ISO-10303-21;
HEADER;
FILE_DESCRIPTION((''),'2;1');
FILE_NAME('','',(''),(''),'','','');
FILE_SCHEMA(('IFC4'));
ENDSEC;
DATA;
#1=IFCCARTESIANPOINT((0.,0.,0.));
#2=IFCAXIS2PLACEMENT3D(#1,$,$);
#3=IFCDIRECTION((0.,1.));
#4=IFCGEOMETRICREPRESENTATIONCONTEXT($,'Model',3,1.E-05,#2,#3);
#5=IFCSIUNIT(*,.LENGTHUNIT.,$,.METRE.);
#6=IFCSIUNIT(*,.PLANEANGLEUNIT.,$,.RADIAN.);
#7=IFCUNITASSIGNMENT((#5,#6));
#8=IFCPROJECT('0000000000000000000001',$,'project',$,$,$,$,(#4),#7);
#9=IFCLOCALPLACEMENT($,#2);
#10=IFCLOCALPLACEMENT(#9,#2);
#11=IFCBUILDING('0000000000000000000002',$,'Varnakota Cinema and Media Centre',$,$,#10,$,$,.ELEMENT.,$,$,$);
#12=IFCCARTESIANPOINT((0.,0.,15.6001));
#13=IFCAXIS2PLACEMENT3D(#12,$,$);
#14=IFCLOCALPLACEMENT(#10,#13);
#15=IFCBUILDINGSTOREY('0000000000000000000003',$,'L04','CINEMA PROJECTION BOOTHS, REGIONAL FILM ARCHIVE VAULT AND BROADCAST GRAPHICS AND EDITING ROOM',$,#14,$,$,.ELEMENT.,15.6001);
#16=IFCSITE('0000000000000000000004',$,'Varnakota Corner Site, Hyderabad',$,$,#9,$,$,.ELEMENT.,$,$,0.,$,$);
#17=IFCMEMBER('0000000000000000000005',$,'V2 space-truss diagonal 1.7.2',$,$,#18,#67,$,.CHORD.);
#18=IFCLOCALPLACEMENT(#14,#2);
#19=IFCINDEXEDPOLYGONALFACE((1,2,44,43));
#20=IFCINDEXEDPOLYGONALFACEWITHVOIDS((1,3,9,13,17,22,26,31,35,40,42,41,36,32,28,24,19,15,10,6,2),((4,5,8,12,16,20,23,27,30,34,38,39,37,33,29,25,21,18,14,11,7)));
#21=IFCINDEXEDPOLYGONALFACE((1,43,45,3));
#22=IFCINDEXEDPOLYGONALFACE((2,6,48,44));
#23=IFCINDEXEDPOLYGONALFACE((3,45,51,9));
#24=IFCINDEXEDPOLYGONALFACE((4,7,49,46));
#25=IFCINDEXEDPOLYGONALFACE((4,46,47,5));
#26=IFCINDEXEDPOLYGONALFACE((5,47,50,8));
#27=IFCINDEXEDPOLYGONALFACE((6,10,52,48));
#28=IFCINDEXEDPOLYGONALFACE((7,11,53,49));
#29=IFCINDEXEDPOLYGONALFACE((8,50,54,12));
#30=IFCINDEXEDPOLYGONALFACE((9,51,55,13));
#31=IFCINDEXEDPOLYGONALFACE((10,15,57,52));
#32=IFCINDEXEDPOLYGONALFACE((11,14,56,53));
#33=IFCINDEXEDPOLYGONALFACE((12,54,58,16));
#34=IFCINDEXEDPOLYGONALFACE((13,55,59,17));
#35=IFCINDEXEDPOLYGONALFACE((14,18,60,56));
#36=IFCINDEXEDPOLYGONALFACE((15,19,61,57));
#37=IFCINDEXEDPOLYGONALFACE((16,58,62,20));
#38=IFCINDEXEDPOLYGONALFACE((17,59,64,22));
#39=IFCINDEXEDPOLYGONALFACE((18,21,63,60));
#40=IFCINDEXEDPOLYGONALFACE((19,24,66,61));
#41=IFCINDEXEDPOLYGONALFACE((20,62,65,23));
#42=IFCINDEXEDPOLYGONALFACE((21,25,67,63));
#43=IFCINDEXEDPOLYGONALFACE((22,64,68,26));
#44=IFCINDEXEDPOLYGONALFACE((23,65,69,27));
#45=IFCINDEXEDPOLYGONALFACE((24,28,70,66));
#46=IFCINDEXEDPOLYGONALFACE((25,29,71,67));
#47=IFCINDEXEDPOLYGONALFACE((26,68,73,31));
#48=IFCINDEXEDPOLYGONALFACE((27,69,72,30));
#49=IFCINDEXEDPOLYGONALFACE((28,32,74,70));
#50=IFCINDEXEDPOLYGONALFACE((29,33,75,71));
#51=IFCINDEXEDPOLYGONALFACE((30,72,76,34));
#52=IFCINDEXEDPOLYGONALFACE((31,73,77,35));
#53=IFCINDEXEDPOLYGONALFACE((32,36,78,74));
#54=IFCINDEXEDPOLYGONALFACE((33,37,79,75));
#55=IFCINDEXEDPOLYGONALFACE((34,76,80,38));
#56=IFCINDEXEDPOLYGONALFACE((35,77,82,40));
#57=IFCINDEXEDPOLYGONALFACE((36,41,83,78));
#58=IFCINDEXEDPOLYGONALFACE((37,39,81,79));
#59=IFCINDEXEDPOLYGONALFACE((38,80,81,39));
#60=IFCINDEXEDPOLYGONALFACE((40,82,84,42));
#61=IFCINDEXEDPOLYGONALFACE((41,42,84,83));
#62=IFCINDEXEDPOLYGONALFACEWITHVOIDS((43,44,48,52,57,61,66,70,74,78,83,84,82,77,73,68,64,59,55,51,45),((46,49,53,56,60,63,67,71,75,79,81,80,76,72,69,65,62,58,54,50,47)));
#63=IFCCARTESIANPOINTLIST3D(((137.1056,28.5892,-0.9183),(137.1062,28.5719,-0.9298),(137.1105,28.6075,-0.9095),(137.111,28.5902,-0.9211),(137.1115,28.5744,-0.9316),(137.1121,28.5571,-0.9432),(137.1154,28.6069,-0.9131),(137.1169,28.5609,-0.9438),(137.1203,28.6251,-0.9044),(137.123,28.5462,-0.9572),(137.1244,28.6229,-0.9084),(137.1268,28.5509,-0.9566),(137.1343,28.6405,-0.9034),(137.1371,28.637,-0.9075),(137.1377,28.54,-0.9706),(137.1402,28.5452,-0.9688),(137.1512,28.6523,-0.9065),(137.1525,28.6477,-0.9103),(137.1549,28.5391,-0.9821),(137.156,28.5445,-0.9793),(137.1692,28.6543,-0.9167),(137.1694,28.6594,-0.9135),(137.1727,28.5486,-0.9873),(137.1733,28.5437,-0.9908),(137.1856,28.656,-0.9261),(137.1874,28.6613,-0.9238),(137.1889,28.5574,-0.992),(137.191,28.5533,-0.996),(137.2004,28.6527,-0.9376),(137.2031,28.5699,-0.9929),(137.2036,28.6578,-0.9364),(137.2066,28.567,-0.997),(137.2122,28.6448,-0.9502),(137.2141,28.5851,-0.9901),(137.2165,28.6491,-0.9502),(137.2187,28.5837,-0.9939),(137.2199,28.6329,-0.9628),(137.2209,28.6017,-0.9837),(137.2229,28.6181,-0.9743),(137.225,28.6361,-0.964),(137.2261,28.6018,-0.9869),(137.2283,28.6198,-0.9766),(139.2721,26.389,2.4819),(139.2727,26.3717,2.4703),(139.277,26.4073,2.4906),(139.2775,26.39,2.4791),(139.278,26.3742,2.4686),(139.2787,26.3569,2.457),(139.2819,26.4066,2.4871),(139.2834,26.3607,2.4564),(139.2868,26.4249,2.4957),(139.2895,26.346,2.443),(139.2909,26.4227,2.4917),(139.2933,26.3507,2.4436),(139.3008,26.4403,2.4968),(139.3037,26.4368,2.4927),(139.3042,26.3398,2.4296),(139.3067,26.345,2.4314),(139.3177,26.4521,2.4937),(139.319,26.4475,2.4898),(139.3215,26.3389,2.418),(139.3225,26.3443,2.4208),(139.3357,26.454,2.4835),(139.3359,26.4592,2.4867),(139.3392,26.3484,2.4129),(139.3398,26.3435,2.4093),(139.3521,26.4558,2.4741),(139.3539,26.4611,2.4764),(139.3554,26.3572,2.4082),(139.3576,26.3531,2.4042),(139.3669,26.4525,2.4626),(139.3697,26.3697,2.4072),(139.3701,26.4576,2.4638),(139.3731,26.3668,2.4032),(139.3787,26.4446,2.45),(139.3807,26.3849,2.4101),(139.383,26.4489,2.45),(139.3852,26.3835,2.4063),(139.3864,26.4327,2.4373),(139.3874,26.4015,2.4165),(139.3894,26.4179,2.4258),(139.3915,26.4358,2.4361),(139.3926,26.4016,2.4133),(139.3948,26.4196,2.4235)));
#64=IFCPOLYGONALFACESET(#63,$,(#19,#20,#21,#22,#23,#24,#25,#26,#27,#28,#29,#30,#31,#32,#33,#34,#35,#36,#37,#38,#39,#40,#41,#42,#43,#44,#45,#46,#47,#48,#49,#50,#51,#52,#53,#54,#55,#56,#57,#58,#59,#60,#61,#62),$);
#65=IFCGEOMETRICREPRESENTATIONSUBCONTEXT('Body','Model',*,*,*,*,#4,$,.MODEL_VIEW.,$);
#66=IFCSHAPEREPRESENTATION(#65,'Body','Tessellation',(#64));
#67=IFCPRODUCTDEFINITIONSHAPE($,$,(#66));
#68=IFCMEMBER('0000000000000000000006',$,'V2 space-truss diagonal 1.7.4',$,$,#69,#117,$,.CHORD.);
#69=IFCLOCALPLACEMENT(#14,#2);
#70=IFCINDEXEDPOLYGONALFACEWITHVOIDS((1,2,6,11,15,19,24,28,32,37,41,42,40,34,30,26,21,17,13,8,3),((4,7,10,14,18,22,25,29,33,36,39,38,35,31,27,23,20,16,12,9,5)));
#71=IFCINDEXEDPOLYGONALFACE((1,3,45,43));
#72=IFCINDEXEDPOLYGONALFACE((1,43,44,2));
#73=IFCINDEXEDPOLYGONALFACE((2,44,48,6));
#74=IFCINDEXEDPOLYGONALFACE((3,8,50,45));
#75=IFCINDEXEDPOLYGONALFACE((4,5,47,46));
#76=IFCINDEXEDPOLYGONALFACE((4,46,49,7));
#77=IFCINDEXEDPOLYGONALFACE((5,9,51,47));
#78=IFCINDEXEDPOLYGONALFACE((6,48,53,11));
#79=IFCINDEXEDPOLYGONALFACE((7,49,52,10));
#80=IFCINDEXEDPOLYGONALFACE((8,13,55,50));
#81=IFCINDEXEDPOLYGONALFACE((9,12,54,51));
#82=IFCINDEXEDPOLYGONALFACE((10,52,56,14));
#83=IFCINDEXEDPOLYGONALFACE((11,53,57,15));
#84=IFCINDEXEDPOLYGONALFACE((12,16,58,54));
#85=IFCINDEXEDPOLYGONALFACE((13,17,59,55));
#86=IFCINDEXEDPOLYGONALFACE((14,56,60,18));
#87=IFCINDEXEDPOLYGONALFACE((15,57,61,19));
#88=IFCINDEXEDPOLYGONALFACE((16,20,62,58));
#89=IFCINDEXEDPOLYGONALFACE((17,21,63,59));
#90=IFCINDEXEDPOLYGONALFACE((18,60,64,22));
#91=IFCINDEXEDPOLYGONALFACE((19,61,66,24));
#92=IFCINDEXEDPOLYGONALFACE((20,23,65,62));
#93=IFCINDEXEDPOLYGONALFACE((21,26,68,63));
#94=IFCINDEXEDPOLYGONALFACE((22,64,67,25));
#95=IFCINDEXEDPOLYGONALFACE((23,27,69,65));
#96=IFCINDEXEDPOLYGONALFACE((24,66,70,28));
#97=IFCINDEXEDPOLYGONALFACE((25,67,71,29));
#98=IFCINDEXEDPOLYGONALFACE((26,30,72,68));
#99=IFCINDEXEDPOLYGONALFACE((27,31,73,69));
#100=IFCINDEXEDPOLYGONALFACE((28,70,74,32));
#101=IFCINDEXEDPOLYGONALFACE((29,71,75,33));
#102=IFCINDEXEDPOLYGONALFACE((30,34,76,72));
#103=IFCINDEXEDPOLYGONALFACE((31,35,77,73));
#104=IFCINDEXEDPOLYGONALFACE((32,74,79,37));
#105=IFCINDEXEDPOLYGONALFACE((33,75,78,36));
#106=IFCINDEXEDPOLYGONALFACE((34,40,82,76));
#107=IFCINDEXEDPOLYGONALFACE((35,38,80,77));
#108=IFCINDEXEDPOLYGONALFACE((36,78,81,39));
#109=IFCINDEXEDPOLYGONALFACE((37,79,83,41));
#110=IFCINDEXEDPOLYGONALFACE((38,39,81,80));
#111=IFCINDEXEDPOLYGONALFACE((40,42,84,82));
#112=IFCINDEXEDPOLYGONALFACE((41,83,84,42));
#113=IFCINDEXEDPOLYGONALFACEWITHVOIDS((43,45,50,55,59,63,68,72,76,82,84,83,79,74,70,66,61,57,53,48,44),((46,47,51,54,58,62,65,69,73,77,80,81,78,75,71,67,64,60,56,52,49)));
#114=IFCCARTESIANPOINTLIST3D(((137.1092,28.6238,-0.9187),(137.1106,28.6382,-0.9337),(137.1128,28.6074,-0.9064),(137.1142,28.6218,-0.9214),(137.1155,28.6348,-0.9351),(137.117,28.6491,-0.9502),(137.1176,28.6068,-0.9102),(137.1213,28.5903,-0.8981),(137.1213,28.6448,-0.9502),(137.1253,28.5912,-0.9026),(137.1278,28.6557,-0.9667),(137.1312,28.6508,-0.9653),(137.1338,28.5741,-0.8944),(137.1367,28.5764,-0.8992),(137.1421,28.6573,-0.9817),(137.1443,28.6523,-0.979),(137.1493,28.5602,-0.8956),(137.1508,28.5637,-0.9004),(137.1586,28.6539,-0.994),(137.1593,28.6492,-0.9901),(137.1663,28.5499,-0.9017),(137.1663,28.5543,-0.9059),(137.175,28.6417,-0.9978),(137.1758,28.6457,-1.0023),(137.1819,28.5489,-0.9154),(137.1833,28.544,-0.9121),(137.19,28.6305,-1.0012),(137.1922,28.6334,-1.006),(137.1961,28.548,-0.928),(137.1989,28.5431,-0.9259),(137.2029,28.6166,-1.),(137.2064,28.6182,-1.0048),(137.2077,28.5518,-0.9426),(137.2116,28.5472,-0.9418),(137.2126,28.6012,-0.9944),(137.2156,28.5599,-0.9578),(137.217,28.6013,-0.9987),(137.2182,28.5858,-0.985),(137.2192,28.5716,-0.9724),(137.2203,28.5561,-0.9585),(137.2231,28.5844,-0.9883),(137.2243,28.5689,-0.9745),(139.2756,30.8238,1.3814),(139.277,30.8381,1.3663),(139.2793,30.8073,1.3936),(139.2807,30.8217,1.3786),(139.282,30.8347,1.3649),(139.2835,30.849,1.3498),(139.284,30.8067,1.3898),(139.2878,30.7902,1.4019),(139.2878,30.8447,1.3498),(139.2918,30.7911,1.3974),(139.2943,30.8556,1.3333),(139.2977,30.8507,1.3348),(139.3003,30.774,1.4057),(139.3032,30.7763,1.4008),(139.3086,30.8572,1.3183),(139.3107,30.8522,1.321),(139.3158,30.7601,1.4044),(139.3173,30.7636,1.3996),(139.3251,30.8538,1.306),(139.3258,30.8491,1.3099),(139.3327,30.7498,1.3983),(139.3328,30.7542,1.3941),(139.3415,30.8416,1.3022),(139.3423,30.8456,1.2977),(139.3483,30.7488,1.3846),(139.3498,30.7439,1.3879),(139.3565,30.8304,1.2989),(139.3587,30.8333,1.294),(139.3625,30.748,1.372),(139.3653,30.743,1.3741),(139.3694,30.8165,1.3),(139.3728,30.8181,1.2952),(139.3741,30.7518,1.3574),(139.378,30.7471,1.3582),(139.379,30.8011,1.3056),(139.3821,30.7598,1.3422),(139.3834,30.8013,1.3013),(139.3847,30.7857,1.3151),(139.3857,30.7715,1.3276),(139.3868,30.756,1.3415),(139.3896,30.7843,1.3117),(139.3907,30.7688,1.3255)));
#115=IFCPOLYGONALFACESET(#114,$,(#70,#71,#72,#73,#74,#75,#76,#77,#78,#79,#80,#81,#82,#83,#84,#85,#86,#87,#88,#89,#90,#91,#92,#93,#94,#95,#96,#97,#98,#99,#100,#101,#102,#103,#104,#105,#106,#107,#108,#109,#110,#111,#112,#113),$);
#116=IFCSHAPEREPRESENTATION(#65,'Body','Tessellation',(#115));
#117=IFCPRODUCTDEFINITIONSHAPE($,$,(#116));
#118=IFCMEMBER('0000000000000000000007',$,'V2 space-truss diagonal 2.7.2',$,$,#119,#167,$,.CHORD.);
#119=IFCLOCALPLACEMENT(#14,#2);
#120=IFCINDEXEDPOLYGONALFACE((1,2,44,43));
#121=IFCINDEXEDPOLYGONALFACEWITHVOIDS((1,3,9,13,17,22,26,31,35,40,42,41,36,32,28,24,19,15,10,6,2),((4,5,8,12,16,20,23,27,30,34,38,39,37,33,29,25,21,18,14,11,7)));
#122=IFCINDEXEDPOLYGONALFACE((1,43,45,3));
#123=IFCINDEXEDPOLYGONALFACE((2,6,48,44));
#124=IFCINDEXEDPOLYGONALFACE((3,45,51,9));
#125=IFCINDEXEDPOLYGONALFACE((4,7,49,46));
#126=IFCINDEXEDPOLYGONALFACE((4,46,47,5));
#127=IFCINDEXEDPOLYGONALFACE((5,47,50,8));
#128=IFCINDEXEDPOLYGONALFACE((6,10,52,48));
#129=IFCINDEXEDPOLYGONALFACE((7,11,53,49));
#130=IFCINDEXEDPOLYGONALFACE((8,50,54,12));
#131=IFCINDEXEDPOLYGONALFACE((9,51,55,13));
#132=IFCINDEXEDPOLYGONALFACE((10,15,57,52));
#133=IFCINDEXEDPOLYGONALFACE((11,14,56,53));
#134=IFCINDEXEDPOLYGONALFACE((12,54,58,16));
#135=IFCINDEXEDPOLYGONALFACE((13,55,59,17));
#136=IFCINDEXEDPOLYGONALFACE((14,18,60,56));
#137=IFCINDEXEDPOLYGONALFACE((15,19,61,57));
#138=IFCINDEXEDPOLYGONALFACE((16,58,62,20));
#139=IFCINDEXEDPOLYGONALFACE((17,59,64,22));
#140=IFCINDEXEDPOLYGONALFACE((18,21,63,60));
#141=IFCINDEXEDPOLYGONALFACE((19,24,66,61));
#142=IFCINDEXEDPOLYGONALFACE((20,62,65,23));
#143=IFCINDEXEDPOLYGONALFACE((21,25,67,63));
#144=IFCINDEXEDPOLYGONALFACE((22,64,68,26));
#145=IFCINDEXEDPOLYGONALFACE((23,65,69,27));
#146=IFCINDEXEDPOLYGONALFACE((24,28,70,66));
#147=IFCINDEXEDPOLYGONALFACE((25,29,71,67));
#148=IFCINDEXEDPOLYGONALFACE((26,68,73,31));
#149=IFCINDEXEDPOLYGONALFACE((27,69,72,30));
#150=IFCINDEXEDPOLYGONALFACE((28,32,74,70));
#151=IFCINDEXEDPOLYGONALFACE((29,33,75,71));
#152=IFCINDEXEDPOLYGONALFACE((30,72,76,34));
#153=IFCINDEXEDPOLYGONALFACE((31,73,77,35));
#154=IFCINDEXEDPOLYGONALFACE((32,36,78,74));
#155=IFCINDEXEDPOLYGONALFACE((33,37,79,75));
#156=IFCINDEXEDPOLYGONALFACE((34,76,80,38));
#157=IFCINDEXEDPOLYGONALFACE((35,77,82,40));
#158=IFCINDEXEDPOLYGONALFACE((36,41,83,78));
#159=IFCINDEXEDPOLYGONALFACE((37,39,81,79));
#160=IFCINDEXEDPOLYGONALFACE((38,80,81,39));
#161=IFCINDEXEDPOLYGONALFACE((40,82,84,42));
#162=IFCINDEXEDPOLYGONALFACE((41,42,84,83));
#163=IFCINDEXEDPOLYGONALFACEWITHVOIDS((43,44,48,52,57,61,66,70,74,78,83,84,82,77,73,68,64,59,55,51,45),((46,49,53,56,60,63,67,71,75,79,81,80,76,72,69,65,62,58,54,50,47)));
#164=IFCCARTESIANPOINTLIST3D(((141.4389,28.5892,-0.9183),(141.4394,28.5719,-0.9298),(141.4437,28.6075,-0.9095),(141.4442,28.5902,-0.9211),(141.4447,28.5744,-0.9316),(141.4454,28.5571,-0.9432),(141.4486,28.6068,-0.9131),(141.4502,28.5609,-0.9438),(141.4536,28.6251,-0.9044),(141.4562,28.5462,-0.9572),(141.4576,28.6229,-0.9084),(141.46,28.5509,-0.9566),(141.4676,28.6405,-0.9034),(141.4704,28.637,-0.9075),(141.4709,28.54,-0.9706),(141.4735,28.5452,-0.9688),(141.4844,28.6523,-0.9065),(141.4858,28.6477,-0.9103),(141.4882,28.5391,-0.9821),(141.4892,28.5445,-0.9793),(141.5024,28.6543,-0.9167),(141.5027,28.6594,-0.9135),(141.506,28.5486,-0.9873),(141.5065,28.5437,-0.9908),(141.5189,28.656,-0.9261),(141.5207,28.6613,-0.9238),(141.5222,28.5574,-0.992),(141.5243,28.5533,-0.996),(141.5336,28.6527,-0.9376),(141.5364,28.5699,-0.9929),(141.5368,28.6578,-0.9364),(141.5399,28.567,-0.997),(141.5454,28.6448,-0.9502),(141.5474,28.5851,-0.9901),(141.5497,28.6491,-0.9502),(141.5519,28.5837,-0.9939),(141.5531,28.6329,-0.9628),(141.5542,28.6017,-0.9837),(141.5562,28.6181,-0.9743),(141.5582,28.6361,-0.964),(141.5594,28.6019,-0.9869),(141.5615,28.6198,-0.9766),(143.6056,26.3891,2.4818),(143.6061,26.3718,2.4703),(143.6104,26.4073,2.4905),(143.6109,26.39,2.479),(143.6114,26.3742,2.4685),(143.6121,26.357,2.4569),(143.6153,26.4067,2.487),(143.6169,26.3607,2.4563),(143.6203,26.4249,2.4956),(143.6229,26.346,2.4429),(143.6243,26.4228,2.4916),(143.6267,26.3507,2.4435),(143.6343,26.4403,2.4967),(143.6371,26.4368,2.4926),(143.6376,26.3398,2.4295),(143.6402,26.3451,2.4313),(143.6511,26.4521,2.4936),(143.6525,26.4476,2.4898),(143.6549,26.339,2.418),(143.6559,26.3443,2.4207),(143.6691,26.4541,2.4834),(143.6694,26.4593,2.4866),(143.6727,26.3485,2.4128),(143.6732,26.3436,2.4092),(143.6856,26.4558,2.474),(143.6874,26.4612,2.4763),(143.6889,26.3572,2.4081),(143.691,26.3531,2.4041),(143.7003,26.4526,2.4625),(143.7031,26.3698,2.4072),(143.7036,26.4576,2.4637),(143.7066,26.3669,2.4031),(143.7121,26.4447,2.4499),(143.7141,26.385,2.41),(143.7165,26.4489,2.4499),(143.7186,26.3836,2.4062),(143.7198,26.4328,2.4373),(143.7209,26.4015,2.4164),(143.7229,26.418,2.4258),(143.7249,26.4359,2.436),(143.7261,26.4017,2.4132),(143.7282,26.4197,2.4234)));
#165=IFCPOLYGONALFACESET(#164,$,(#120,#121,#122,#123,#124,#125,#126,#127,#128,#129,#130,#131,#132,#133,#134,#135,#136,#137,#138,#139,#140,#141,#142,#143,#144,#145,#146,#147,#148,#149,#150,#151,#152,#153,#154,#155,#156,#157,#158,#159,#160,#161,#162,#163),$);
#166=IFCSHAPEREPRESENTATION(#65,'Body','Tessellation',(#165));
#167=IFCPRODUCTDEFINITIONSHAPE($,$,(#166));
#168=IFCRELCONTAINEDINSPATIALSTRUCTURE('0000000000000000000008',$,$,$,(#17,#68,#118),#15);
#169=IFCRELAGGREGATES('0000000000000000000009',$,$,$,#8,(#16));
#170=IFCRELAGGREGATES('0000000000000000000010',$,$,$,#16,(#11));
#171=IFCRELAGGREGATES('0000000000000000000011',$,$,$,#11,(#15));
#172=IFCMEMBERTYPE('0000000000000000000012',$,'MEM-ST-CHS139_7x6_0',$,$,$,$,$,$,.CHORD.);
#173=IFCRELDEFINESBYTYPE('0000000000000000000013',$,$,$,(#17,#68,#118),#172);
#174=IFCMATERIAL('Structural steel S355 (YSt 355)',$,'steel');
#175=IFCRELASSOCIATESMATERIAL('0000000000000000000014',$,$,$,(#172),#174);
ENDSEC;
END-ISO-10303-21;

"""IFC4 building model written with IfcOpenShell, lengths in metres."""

from ifc_helpers import new_model, si_unit, direction, frame, origin, origin_2d, place, context, subcontext, project, spatial, hollow_circle, extrude, material, material_profile, profile_set, type_object, element, save


model = new_model("IFC4")

# Units and contexts
model_context = context("Model", 3, precision=1e-05, world=origin(), true_north=direction((0.0, 1.0)))
body_context = subcontext(model_context, "Body", "Model", "MODEL_VIEW")
ifc_project = project(units=[si_unit("LENGTHUNIT", "METRE"), si_unit("PLANEANGLEUNIT", "RADIAN")], contexts=[model_context])

# Site, building, storey
site_placement = place(None, origin())
site = spatial("IfcSite", under=ifc_project, at=site_placement, Name="Varnakota Corner Site, Hyderabad", CompositionType="ELEMENT", RefElevation=0.0)
building_placement = place(site_placement, origin())
building = spatial("IfcBuilding", under=site, at=building_placement, Name="Varnakota Cinema and Media Centre", CompositionType="ELEMENT")
storey_placement = place(building_placement, frame((0.0, 0.0, 15.6001)))
storey = spatial("IfcBuildingStorey", under=building, at=storey_placement, Name="L04", Description="CINEMA PROJECTION BOOTHS, REGIONAL FILM ARCHIVE VAULT AND BROADCAST GRAPHICS AND EDITING ROOM", CompositionType="ELEMENT", Elevation=15.6001)

# Members
ifc_material_1 = material(Name="Structural steel S355 (YSt 355)", Category="steel")
ifc_material_profile_1 = material_profile(ifc_material_1, hollow_circle(Radius=0.0698, WallThickness=0.0061, at=origin_2d()), Name="CHS 139.7x6.0")
ifc_profile_set_1 = profile_set([ifc_material_profile_1], Name="Structural steel S355 (YSt 355)")
member_type_1 = type_object("IfcMemberType", Name="MEM-ST-CHS139_7x6_0", PredefinedType="CHORD", material=ifc_profile_set_1)
member_1_placement = place(storey_placement, frame((137.1667, 28.6001, -0.9502), z_axis=(0.471698, -0.479033, 0.74029), x_axis=(0.712541, 0.70163, 0.0)))
element("IfcMember", 1, at=member_1_placement, inside=storey, type_object=member_type_1, Name="V2 space-truss diagonal 1.7.2", PredefinedType="CHORD", context=body_context, shape_type="SweptSolid", body=[
    extrude(hollow_circle(Radius=0.0698, WallThickness=0.0061, at=origin_2d()), origin(), (0.0, 0.0, 1.0), 4.593),
])
member_2_placement = place(storey_placement, frame((137.1667, 28.6001, -0.9502), z_axis=(0.562705, 0.571392, 0.59739), x_axis=(-0.712502, 0.70167, 0.0)))
element("IfcMember", 2, at=member_2_placement, inside=storey, type_object=member_type_1, Name="V2 space-truss diagonal 1.7.4", PredefinedType="CHORD", context=body_context, shape_type="SweptSolid", body=[
    extrude(hollow_circle(Radius=0.0698, WallThickness=0.0061, at=origin_2d()), origin(), (0.0, 0.0, 1.0), 3.8501),
])
member_3_placement = place(storey_placement, frame((141.5, 28.6001, -0.9502), z_axis=(0.471739, -0.479021, 0.740271), x_axis=(0.712502, 0.70167, 0.0)))
element("IfcMember", 3, at=member_3_placement, inside=storey, type_object=member_type_1, Name="V2 space-truss diagonal 2.7.2", PredefinedType="CHORD", context=body_context, shape_type="SweptSolid", body=[
    extrude(hollow_circle(Radius=0.0698, WallThickness=0.0061, at=origin_2d()), origin(), (0.0, 0.0, 1.0), 4.593),
])

save(model, "model.ifc")
